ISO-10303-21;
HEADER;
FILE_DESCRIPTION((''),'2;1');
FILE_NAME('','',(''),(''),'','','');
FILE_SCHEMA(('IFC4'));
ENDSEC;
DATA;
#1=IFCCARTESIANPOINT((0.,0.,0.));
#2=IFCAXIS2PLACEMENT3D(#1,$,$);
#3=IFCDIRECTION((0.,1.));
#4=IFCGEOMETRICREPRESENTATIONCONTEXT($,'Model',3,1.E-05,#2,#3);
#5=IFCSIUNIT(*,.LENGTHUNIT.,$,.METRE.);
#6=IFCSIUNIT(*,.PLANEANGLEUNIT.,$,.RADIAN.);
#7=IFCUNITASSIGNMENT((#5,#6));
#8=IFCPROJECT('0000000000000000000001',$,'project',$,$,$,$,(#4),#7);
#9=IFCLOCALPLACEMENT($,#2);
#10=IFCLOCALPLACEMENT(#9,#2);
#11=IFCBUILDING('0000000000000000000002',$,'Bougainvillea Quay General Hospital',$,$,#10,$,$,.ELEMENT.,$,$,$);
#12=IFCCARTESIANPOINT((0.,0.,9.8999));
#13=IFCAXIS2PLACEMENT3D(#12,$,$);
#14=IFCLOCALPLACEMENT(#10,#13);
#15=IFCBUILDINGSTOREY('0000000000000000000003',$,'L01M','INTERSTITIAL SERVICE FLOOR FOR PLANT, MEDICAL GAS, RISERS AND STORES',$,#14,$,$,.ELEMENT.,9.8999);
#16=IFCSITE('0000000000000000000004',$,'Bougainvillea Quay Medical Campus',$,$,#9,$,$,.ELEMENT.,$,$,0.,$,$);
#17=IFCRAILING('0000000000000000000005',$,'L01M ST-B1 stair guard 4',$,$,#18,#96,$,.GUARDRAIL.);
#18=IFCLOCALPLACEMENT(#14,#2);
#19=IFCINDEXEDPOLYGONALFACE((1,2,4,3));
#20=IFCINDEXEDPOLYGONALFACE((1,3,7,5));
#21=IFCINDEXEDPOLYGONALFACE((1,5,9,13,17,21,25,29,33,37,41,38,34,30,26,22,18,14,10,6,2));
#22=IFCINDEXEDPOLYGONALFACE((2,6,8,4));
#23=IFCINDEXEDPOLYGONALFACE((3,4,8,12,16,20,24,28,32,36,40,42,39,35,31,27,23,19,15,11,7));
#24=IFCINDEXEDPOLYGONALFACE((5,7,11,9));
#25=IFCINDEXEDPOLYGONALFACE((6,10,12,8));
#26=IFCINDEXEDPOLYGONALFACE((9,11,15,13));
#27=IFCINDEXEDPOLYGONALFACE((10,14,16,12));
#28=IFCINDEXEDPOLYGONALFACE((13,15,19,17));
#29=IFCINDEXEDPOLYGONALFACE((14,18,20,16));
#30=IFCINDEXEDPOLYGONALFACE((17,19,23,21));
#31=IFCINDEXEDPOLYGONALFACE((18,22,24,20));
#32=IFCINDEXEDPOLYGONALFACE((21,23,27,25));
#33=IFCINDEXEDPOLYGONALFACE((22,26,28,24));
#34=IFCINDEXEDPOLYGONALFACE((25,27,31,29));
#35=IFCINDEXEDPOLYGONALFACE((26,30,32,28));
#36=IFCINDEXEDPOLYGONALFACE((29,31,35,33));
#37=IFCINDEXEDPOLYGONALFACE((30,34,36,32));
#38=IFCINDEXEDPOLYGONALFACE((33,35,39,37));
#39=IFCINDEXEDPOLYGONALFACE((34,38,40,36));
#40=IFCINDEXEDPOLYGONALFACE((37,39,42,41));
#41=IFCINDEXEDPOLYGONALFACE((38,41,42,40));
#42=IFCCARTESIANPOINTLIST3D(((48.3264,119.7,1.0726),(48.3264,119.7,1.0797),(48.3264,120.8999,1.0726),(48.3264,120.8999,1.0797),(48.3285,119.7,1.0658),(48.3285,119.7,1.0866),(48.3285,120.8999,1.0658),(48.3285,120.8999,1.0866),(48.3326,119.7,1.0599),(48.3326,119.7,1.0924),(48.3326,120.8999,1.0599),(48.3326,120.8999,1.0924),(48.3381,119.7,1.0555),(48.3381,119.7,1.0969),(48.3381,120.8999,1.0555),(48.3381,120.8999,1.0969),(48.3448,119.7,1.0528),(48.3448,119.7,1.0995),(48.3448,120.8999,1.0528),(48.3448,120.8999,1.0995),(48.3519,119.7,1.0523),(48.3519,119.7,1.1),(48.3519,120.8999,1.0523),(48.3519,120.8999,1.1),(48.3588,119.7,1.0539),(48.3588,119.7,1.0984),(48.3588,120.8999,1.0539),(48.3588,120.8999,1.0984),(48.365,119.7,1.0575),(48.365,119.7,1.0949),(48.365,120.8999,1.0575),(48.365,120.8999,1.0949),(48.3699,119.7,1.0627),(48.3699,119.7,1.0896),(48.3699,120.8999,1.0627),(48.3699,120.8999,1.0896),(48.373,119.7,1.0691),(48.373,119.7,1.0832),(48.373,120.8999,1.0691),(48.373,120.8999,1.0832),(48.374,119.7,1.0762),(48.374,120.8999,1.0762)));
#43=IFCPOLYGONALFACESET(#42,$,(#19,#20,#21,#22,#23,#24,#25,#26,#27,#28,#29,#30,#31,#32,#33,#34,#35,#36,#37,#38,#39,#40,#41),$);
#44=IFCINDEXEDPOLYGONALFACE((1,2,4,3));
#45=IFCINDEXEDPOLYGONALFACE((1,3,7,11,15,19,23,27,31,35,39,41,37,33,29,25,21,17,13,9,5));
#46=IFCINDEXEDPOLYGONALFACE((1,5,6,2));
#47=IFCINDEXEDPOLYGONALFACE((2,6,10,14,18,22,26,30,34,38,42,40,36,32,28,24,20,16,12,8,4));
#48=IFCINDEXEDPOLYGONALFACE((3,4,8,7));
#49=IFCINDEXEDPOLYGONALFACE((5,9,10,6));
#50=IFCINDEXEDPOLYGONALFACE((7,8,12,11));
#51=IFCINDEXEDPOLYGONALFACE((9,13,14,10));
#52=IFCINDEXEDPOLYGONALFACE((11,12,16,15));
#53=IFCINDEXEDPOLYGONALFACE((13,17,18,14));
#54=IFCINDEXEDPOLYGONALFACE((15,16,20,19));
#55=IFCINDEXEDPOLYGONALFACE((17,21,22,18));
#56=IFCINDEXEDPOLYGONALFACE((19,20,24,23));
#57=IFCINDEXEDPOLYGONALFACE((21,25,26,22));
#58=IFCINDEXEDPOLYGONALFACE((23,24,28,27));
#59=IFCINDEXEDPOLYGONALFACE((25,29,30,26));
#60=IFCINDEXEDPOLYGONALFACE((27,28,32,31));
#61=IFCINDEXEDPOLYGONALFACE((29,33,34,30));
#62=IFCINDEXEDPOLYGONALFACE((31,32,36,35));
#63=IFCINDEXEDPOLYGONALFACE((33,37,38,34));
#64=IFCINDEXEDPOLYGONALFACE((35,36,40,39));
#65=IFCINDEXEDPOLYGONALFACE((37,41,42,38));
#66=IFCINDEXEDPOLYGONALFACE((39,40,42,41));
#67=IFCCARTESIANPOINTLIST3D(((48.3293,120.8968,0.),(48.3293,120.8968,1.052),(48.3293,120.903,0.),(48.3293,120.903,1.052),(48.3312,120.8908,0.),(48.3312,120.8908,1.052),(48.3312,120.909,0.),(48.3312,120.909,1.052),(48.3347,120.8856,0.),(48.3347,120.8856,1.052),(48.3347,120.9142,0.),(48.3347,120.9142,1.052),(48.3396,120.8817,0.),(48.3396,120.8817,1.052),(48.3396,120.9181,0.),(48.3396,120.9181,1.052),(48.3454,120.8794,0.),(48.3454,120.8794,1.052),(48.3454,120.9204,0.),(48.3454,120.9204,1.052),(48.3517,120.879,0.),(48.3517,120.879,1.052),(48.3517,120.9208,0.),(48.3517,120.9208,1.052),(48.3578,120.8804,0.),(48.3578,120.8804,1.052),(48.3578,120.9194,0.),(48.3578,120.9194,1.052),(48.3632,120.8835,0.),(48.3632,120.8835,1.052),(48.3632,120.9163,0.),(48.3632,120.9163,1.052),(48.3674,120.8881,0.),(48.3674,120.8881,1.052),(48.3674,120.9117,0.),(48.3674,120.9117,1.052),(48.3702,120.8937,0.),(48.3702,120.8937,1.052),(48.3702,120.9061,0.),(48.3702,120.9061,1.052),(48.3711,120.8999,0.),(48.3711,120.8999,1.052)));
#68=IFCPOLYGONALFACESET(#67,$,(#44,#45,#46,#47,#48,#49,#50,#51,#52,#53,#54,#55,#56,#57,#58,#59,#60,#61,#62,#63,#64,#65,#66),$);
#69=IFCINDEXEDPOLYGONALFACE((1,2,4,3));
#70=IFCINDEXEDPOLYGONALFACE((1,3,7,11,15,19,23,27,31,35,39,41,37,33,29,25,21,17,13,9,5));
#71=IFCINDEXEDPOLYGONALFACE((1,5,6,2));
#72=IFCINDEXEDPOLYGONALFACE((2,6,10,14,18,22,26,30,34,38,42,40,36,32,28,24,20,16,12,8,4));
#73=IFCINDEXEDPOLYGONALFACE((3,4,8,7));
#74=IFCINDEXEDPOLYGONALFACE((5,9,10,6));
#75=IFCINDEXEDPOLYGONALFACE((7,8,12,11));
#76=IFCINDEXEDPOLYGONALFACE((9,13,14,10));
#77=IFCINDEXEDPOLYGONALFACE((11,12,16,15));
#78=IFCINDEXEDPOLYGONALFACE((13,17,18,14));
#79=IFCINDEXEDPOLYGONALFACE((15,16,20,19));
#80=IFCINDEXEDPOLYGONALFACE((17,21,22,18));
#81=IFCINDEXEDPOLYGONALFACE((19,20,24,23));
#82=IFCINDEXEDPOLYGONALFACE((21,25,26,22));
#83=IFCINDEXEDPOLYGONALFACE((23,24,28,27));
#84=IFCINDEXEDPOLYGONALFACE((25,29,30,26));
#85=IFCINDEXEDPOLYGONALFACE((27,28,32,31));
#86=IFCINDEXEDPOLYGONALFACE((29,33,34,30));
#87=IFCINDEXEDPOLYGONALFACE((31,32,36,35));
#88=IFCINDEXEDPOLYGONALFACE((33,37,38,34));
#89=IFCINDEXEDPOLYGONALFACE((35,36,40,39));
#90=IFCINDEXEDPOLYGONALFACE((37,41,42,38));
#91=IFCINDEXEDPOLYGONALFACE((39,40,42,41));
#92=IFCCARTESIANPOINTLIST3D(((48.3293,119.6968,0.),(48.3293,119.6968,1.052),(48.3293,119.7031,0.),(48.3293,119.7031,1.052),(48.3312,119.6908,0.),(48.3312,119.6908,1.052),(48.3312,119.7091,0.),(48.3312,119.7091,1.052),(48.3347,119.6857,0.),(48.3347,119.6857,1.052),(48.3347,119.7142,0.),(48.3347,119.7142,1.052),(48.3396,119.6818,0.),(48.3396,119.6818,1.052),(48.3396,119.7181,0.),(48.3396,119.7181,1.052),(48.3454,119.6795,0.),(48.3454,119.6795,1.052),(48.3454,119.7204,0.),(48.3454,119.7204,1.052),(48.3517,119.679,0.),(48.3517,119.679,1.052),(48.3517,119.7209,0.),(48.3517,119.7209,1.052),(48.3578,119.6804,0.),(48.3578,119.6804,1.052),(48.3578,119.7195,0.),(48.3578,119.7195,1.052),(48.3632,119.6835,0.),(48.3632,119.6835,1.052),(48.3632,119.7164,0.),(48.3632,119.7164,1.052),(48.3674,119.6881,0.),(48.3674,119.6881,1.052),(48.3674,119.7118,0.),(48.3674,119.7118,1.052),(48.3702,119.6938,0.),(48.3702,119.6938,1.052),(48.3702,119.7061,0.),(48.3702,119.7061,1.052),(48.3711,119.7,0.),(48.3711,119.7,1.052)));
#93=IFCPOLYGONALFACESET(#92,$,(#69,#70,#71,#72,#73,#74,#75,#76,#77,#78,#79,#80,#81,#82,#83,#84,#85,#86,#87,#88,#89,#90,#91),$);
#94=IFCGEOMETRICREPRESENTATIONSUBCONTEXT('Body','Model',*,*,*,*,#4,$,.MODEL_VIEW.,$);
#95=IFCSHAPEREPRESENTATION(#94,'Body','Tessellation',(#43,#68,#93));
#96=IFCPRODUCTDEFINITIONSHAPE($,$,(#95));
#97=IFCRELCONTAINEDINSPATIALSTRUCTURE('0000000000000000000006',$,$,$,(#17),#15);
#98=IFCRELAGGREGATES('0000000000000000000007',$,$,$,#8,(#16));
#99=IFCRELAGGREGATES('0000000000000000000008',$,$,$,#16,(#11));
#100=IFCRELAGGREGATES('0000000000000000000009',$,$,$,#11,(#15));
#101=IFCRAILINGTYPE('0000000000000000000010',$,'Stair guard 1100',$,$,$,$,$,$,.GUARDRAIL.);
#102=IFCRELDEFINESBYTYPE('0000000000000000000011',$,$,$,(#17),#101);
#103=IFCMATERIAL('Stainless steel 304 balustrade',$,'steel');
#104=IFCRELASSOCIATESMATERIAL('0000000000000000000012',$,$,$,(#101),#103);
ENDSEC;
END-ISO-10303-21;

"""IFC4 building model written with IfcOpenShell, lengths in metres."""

from ifc_helpers import new_model, si_unit, direction, frame, origin, origin_2d, place, context, subcontext, project, spatial, circle, extrude, material, type_object, element, save


model = new_model("IFC4")

# Units and contexts
model_context = context("Model", 3, precision=1e-05, world=origin(), true_north=direction((0.0, 1.0)))
body_context = subcontext(model_context, "Body", "Model", "MODEL_VIEW")
ifc_project = project(units=[si_unit("LENGTHUNIT", "METRE"), si_unit("PLANEANGLEUNIT", "RADIAN")], contexts=[model_context])

# Site, building, storey
site_placement = place(None, origin())
site = spatial("IfcSite", under=ifc_project, at=site_placement, Name="Bougainvillea Quay Medical Campus", CompositionType="ELEMENT", RefElevation=0.0)
building_placement = place(site_placement, origin())
building = spatial("IfcBuilding", under=site, at=building_placement, Name="Bougainvillea Quay General Hospital", CompositionType="ELEMENT")
storey_placement = place(building_placement, frame((0.0, 0.0, 9.8999)))
storey = spatial("IfcBuildingStorey", under=building, at=storey_placement, Name="L01M", Description="INTERSTITIAL SERVICE FLOOR FOR PLANT, MEDICAL GAS, RISERS AND STORES", CompositionType="ELEMENT", Elevation=9.8999)

# Railing
ifc_material_1 = material(Name="Stainless steel 304 balustrade", Category="steel")
railing_type_1 = type_object("IfcRailingType", Name="Stair guard 1100", PredefinedType="GUARDRAIL", material=ifc_material_1)
railing_1_placement = place(storey_placement, frame((48.3501, 120.8999, 0.0)))
element("IfcRailing", 1, at=railing_1_placement, inside=storey, type_object=railing_type_1, Name="L01M ST-B1 stair guard 4", PredefinedType="GUARDRAIL", context=body_context, shape_type="SweptSolid", body=[
    extrude(circle(Radius=0.0239, at=origin_2d()), frame((0.0, 0.0, 1.0762), z_axis=(0.0, -1.0, 0.0), x_axis=(1.0, 0.0, 0.0)), (0.0, 0.0, 1.0), 1.2),
    extrude(circle(Radius=0.021, at=origin_2d()), origin(), (0.0, 0.0, 1.0), 1.052),
    extrude(circle(Radius=0.021, at=origin_2d()), frame((0.0, -1.2, 0.0)), (0.0, 0.0, 1.0), 1.052),
])

save(model, "model.ifc")
